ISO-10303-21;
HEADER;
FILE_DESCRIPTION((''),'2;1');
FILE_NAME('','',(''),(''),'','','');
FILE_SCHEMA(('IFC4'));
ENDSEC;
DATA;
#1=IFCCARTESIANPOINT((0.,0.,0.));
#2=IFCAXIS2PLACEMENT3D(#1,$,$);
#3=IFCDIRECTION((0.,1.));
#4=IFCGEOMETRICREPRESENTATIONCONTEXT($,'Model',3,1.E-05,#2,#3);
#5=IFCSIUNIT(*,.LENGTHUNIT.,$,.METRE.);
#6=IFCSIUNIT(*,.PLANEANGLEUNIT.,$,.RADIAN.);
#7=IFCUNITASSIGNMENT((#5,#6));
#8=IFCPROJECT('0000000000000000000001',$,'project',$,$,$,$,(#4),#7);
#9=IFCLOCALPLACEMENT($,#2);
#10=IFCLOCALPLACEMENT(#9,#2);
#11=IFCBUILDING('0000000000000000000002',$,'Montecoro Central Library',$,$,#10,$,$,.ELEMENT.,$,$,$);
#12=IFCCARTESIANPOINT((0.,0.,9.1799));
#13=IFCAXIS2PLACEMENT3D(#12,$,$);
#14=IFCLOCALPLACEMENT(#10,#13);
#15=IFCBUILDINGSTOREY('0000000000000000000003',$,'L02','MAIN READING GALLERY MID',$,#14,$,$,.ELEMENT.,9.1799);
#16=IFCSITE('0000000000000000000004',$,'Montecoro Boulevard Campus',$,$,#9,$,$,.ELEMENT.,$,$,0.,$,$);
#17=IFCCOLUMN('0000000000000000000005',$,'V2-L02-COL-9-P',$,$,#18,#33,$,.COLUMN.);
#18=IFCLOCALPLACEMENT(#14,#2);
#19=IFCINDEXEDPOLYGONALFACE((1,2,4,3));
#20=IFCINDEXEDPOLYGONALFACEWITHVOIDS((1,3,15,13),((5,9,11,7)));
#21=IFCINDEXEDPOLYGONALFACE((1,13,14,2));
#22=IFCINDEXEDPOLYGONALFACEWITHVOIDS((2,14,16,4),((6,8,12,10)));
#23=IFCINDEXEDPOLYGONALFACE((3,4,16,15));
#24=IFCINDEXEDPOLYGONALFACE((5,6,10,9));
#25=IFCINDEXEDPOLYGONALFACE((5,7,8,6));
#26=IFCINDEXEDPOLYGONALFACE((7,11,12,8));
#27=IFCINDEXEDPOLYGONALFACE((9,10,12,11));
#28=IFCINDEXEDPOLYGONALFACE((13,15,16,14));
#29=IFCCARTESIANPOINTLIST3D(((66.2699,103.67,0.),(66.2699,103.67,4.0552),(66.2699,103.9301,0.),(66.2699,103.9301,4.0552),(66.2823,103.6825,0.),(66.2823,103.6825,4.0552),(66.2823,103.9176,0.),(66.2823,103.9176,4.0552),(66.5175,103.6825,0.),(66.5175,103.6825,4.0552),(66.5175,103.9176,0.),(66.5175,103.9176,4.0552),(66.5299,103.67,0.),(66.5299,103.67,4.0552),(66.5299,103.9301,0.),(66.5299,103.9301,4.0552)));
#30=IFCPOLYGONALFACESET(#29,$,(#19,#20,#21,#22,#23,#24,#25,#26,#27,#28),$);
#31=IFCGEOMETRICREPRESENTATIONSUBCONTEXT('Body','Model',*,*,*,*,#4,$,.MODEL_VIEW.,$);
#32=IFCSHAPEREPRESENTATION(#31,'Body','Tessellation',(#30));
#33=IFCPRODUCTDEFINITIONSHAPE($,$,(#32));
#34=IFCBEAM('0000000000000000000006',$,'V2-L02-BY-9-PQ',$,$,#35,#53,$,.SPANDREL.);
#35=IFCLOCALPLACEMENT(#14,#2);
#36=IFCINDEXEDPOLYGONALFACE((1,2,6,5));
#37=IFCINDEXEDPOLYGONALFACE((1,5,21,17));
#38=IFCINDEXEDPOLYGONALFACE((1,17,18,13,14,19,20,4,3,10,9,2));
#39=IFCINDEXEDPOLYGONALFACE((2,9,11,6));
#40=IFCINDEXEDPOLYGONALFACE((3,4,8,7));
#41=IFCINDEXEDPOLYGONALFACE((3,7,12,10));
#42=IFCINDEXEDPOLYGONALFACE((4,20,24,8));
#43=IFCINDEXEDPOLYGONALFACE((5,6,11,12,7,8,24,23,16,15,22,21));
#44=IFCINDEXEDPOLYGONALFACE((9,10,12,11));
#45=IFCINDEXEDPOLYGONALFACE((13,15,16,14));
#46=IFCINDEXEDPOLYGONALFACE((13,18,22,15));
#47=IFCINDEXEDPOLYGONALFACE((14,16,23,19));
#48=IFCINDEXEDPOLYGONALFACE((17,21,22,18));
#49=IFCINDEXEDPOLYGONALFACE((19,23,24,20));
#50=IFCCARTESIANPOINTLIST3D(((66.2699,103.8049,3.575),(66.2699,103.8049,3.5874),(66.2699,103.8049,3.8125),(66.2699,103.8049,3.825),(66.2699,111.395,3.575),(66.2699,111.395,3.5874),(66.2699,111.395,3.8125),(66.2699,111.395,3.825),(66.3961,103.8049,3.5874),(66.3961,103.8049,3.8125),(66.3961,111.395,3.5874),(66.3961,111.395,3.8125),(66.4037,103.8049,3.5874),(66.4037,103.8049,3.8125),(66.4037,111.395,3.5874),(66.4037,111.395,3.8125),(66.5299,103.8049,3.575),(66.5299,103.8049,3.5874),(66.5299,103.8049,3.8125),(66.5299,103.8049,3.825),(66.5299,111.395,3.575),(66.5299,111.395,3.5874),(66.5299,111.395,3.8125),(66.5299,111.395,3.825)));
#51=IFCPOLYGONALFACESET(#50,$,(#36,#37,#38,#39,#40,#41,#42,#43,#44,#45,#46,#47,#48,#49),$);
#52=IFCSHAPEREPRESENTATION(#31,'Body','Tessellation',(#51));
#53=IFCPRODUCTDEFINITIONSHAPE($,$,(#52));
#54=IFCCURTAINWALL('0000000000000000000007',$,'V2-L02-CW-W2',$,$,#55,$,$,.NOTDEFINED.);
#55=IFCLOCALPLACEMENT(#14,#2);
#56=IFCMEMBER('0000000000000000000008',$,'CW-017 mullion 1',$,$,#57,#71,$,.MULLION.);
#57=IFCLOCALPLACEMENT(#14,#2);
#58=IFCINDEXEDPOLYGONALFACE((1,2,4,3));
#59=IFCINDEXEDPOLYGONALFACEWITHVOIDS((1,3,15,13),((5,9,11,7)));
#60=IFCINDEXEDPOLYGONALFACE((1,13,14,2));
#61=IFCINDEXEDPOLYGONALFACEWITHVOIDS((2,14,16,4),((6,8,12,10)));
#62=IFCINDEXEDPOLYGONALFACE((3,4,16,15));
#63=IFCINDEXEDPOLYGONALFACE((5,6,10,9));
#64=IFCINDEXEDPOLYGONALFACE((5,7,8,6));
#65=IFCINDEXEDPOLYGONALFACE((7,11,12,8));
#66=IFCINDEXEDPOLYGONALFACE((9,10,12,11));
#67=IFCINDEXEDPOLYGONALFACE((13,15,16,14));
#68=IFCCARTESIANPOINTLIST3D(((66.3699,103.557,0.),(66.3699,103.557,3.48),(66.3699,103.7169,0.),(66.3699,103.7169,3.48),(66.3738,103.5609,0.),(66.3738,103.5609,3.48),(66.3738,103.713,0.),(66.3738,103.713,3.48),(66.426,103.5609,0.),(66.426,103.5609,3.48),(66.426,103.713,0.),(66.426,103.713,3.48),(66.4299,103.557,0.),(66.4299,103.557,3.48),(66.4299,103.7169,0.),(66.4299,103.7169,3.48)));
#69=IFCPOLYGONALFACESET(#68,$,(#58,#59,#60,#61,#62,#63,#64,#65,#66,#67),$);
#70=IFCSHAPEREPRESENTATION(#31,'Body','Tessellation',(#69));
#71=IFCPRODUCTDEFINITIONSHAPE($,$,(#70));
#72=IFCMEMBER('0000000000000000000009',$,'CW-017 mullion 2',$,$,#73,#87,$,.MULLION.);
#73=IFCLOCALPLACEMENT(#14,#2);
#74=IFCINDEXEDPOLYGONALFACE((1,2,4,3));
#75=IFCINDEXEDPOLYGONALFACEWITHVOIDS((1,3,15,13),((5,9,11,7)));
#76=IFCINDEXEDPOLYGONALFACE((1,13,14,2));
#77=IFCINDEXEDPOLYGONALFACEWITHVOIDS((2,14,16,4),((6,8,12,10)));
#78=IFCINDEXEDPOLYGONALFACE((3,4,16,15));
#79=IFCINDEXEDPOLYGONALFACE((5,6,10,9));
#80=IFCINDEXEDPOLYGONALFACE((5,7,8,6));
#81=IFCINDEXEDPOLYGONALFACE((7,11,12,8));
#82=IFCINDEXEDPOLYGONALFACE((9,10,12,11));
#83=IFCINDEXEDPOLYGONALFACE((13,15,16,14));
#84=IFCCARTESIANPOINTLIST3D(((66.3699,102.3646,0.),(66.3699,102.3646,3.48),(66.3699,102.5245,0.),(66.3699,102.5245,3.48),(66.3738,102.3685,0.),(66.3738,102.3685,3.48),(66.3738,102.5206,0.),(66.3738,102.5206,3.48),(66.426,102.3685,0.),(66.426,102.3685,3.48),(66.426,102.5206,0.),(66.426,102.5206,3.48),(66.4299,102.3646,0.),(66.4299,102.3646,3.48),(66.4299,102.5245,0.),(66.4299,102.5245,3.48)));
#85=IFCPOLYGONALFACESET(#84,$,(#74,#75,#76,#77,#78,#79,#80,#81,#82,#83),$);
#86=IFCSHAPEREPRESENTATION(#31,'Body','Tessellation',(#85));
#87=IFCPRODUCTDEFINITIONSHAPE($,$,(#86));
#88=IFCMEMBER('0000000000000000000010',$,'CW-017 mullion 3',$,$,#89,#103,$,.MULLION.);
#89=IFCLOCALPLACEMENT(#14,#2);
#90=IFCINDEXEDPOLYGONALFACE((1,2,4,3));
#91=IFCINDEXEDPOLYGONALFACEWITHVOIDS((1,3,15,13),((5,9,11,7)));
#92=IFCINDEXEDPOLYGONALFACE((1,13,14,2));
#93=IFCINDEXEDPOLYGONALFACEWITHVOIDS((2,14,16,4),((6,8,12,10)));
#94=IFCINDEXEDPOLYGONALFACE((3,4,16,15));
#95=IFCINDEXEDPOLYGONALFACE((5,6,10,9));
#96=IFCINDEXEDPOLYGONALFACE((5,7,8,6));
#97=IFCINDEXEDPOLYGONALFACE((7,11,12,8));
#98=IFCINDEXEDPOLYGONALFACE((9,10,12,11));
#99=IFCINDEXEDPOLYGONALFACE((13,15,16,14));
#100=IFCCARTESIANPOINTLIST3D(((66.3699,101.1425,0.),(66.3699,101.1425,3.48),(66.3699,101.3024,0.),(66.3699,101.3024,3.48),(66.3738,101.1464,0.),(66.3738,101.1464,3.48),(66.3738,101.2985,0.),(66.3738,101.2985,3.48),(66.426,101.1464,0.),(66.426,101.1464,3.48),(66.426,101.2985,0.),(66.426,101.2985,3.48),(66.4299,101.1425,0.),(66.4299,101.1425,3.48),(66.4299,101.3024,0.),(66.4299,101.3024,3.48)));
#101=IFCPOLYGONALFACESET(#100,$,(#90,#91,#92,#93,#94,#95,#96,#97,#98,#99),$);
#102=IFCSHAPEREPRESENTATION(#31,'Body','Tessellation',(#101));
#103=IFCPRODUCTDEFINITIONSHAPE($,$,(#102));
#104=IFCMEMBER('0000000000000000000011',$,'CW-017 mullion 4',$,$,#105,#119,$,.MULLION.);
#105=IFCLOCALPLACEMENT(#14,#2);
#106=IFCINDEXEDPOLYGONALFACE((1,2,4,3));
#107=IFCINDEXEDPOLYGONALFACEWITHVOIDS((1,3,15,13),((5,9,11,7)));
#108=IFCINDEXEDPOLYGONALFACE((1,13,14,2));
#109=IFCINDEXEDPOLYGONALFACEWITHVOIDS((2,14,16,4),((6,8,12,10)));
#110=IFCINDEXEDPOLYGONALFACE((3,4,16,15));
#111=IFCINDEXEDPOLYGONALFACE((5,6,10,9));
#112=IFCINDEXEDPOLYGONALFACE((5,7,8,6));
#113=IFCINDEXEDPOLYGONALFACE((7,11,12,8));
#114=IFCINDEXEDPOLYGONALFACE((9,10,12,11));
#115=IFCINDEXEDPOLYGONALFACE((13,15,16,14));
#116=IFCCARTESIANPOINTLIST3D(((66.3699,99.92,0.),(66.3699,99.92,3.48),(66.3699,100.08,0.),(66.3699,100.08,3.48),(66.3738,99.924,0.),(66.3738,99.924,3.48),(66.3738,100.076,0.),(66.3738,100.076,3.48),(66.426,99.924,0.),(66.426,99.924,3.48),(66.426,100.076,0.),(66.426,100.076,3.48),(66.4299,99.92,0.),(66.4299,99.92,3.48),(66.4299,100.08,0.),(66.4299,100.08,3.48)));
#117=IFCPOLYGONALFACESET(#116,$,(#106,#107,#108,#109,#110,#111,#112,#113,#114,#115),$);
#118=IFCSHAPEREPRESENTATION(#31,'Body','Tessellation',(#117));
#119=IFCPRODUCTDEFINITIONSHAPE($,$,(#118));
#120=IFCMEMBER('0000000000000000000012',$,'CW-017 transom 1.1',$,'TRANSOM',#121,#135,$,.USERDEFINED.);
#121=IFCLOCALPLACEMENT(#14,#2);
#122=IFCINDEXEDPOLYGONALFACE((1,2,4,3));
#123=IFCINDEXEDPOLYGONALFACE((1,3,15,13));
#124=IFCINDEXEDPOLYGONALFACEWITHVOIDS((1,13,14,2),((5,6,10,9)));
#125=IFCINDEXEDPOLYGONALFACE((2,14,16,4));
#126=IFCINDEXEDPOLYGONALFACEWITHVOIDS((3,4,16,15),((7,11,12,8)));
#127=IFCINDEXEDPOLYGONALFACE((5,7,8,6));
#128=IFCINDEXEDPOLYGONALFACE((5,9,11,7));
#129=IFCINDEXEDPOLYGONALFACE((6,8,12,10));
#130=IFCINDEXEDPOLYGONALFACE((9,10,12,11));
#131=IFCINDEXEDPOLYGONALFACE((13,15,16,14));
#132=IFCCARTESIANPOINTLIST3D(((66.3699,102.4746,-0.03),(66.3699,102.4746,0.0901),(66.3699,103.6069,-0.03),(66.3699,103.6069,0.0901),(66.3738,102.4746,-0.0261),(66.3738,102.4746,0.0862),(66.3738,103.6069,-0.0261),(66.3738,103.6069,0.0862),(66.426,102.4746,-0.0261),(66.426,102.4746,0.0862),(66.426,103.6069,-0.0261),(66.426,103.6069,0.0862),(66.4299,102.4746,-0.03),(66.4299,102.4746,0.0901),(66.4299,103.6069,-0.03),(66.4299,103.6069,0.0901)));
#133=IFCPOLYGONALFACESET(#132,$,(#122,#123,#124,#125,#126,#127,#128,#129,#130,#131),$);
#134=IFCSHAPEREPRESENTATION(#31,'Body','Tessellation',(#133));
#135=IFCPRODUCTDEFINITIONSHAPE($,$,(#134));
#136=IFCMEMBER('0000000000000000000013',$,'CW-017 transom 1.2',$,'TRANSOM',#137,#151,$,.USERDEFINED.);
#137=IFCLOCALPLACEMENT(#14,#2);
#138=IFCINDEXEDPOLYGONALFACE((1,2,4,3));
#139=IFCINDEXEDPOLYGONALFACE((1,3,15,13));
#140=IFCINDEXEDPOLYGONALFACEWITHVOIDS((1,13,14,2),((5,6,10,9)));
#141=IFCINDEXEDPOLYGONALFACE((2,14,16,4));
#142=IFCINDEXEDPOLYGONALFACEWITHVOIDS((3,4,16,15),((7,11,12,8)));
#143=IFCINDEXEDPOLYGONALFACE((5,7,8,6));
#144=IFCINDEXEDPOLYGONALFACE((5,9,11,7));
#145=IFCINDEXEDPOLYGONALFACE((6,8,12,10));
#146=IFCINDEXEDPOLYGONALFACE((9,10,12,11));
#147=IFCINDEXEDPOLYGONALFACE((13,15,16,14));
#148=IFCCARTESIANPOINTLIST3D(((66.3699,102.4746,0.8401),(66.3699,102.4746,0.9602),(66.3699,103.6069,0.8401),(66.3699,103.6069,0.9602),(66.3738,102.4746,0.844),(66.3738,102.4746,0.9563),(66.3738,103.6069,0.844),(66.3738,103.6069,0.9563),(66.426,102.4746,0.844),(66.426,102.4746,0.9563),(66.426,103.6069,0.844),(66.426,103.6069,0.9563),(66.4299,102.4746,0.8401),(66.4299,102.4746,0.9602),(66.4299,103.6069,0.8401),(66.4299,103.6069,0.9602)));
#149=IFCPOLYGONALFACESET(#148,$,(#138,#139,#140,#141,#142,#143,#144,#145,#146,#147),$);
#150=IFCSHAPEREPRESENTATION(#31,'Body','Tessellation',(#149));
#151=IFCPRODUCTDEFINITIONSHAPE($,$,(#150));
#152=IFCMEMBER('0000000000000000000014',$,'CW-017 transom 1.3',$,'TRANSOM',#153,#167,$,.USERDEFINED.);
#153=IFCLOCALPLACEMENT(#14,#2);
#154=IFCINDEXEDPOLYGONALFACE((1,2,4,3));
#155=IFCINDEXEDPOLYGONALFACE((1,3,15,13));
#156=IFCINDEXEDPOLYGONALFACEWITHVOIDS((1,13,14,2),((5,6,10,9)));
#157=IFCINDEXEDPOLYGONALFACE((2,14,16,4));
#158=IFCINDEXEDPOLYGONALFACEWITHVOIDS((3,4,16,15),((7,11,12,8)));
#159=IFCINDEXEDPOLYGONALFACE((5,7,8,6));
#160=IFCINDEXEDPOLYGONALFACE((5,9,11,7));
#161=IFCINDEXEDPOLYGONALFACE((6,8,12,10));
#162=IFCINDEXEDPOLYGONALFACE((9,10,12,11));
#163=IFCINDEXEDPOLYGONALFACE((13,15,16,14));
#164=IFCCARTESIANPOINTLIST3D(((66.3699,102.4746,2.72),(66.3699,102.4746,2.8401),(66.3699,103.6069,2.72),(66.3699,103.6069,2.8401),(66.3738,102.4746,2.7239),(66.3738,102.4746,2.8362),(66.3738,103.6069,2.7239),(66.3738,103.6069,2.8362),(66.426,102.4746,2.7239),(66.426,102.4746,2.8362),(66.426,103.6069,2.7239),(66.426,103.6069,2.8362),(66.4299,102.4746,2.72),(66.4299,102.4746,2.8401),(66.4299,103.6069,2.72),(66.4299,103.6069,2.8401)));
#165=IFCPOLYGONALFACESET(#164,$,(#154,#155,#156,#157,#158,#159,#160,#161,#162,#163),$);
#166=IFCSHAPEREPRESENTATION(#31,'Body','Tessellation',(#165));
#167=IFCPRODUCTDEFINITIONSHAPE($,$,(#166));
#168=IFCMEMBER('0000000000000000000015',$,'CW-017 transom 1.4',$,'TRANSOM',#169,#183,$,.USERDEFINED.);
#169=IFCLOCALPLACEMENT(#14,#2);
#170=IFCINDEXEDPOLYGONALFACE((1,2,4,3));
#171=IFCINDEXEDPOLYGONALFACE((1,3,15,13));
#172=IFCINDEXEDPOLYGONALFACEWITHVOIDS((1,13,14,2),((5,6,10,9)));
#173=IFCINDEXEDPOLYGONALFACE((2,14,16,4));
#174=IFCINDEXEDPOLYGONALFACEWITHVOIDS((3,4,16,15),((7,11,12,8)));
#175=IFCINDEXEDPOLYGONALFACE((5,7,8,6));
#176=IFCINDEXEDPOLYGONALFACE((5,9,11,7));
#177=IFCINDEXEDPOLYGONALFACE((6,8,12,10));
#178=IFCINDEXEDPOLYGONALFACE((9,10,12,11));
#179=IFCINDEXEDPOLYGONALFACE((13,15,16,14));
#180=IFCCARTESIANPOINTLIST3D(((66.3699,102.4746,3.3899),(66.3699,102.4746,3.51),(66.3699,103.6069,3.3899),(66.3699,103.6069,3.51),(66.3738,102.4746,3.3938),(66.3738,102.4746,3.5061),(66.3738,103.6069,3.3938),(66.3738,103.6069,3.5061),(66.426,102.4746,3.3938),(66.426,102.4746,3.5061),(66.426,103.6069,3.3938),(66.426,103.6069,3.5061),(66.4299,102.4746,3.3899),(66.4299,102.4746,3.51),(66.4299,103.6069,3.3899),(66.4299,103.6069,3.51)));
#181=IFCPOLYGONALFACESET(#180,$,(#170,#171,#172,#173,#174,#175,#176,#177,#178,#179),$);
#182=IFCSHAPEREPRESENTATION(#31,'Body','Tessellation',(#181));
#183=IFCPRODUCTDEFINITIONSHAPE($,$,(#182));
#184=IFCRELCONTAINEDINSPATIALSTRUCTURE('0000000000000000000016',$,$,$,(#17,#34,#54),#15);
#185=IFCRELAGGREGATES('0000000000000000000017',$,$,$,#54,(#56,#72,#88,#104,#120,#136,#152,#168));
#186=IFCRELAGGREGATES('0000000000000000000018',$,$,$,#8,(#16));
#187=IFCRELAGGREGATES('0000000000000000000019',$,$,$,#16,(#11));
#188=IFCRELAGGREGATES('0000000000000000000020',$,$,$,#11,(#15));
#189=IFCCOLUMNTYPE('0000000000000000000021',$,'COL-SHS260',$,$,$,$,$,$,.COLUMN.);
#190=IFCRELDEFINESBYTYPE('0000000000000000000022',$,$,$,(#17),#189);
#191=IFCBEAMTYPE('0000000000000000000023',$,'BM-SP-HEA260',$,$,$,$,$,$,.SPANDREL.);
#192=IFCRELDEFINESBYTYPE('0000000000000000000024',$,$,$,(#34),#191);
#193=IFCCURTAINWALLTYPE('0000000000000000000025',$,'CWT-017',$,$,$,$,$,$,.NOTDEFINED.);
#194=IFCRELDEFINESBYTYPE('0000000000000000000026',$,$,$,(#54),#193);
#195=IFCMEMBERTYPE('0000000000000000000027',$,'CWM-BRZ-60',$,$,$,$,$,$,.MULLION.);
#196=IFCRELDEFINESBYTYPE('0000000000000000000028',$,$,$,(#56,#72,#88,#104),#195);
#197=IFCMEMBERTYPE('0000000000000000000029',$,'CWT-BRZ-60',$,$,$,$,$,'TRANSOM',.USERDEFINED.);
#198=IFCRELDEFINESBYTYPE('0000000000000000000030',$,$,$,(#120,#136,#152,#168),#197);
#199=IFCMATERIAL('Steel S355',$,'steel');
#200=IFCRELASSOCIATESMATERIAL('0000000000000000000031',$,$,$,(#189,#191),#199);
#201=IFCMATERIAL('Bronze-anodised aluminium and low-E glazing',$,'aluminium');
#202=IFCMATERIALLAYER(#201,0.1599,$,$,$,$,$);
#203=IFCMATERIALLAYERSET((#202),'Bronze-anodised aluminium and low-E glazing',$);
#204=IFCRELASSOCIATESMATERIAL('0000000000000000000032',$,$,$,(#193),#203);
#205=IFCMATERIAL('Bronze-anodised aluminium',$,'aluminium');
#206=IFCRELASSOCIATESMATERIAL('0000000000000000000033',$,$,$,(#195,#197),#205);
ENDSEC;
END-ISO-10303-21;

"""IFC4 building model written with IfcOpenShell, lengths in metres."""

from ifc_helpers import new_model, si_unit, direction, frame, origin, origin_2d, place, context, subcontext, project, spatial, hollow_rectangle, i_section, extrude, material, layer, layer_set, material_profile, profile_set, type_object, element, aggregate, save


model = new_model("IFC4")

# Units and contexts
model_context = context("Model", 3, precision=1e-05, world=origin(), true_north=direction((0.0, 1.0)))
body_context = subcontext(model_context, "Body", "Model", "MODEL_VIEW")
ifc_project = project(units=[si_unit("LENGTHUNIT", "METRE"), si_unit("PLANEANGLEUNIT", "RADIAN")], contexts=[model_context])

# Site, building, storey
site_placement = place(None, origin())
site = spatial("IfcSite", under=ifc_project, at=site_placement, Name="Montecoro Boulevard Campus", CompositionType="ELEMENT", RefElevation=0.0)
building_placement = place(site_placement, origin())
building = spatial("IfcBuilding", under=site, at=building_placement, Name="Montecoro Central Library", CompositionType="ELEMENT")
storey_placement = place(building_placement, frame((0.0, 0.0, 9.1799)))
storey = spatial("IfcBuildingStorey", under=building, at=storey_placement, Name="L02", Description="MAIN READING GALLERY MID", CompositionType="ELEMENT", Elevation=9.1799)

# Column
ifc_material_1 = material(Name="Steel S355", Category="steel")
ifc_material_profile_1 = material_profile(ifc_material_1, hollow_rectangle(XDim=0.26, YDim=0.26, WallThickness=0.0125, at=origin_2d()), Name="SHS 260x260x12.5")
ifc_profile_set_1 = profile_set([ifc_material_profile_1], Name="Steel S355")
column_type = type_object("IfcColumnType", Name="COL-SHS260", PredefinedType="COLUMN", material=ifc_profile_set_1)
column_placement = place(storey_placement, frame((66.3999, 103.8, 0.0), z_axis=(0.0, 0.0, 1.0), x_axis=(1.0, 0.0, 0.0)))
element("IfcColumn", 1, at=column_placement, inside=storey, type_object=column_type, Name="V2-L02-COL-9-P", PredefinedType="COLUMN", context=body_context, shape_type="SweptSolid", body=[
    extrude(hollow_rectangle(XDim=0.26, YDim=0.26, WallThickness=0.0125, at=origin_2d()), origin(), (0.0, 0.0, 1.0), 4.0552),
])

# Beam
ifc_material_profile_2 = material_profile(ifc_material_1, i_section(OverallWidth=0.26, OverallDepth=0.25, WebThickness=0.0076, FlangeThickness=0.0125, at=origin_2d()), Name="HEA 260")
ifc_profile_set_2 = profile_set([ifc_material_profile_2], Name="Steel S355")
beam_type = type_object("IfcBeamType", Name="BM-SP-HEA260", PredefinedType="SPANDREL", material=ifc_profile_set_2)
beam_placement = place(storey_placement, frame((66.3999, 103.8049, 3.7), z_axis=(0.0, 1.0, 0.0), x_axis=(-1.0, 0.0, 0.0)))
element("IfcBeam", 2, at=beam_placement, inside=storey, type_object=beam_type, Name="V2-L02-BY-9-PQ", PredefinedType="SPANDREL", context=body_context, shape_type="SweptSolid", body=[
    extrude(i_section(OverallWidth=0.26, OverallDepth=0.25, WebThickness=0.0076, FlangeThickness=0.0125, at=origin_2d()), origin(), (0.0, 0.0, 1.0), 7.5901),
])

# Curtain wall, members
ifc_material_2 = material(Name="Bronze-anodised aluminium and low-E glazing", Category="aluminium")
ifc_layer_1 = layer(ifc_material_2, 0.1599)
ifc_layer_set_1 = layer_set([ifc_layer_1], Name="Bronze-anodised aluminium and low-E glazing")
curtain_wall_type = type_object("IfcCurtainWallType", Name="CWT-017", PredefinedType="NOTDEFINED", material=ifc_layer_set_1)
curtain_wall_placement = place(storey_placement, origin())
curtain_wall = element("IfcCurtainWall", 3, at=curtain_wall_placement, inside=storey, type_object=curtain_wall_type, Name="V2-L02-CW-W2", PredefinedType="NOTDEFINED")
ifc_material_3 = material(Name="Bronze-anodised aluminium", Category="aluminium")
ifc_material_profile_3 = material_profile(ifc_material_3, hollow_rectangle(XDim=0.0601, YDim=0.1599, WallThickness=0.0039, at=origin_2d()), Name="CWM 160x60x4.0")
ifc_profile_set_3 = profile_set([ifc_material_profile_3], Name="Bronze-anodised aluminium")
member_type_1 = type_object("IfcMemberType", Name="CWM-BRZ-60", PredefinedType="MULLION", material=ifc_profile_set_3)
member_1_placement = place(storey_placement, frame((66.3999, 103.637, 0.0), z_axis=(0.0, 0.0, 1.0), x_axis=(1.0, 0.0, 0.0)))
member_1 = element("IfcMember", 4, at=member_1_placement, type_object=member_type_1, Name="CW-017 mullion 1", PredefinedType="MULLION", context=body_context, shape_type="SweptSolid", body=[
    extrude(hollow_rectangle(XDim=0.0601, YDim=0.1599, WallThickness=0.0039, at=origin_2d()), origin(), (0.0, 0.0, 1.0), 3.48),
])
member_2_placement = place(storey_placement, frame((66.3999, 102.4446, 0.0), z_axis=(0.0, 0.0, 1.0), x_axis=(1.0, 0.0, 0.0)))
member_2 = element("IfcMember", 5, at=member_2_placement, type_object=member_type_1, Name="CW-017 mullion 2", PredefinedType="MULLION", context=body_context, shape_type="SweptSolid", body=[
    extrude(hollow_rectangle(XDim=0.0601, YDim=0.1599, WallThickness=0.0039, at=origin_2d()), origin(), (0.0, 0.0, 1.0), 3.48),
])
member_3_placement = place(storey_placement, frame((66.3999, 101.2224, 0.0), z_axis=(0.0, 0.0, 1.0), x_axis=(1.0, 0.0, 0.0)))
member_3 = element("IfcMember", 6, at=member_3_placement, type_object=member_type_1, Name="CW-017 mullion 3", PredefinedType="MULLION", context=body_context, shape_type="SweptSolid", body=[
    extrude(hollow_rectangle(XDim=0.0601, YDim=0.1599, WallThickness=0.0039, at=origin_2d()), origin(), (0.0, 0.0, 1.0), 3.48),
])
member_4_placement = place(storey_placement, frame((66.3999, 100.0, 0.0), z_axis=(0.0, 0.0, 1.0), x_axis=(1.0, 0.0, 0.0)))
member_4 = element("IfcMember", 7, at=member_4_placement, type_object=member_type_1, Name="CW-017 mullion 4", PredefinedType="MULLION", context=body_context, shape_type="SweptSolid", body=[
    extrude(hollow_rectangle(XDim=0.0601, YDim=0.1599, WallThickness=0.0039, at=origin_2d()), origin(), (0.0, 0.0, 1.0), 3.48),
])
ifc_material_profile_4 = material_profile(ifc_material_3, hollow_rectangle(XDim=0.0601, YDim=0.1201, WallThickness=0.0039, at=origin_2d()), Name="CWT 120x60x4.0")
ifc_profile_set_4 = profile_set([ifc_material_profile_4], Name="Bronze-anodised aluminium")
member_type_2 = type_object("IfcMemberType", Name="CWT-BRZ-60", ElementType="TRANSOM", PredefinedType="USERDEFINED", material=ifc_profile_set_4)
member_5_placement = place(storey_placement, frame((66.3999, 103.6069, 0.03), z_axis=(0.0, -1.0, 0.0), x_axis=(1.0, 0.0, 0.0)))
member_5 = element("IfcMember", 8, at=member_5_placement, type_object=member_type_2, Name="CW-017 transom 1.1", ObjectType="TRANSOM", PredefinedType="USERDEFINED", context=body_context, shape_type="SweptSolid", body=[
    extrude(hollow_rectangle(XDim=0.0601, YDim=0.1201, WallThickness=0.0039, at=origin_2d()), origin(), (0.0, 0.0, 1.0), 1.1323),
])
member_6_placement = place(storey_placement, frame((66.3999, 103.6069, 0.9001), z_axis=(0.0, -1.0, 0.0), x_axis=(1.0, 0.0, 0.0)))
member_6 = element("IfcMember", 9, at=member_6_placement, type_object=member_type_2, Name="CW-017 transom 1.2", ObjectType="TRANSOM", PredefinedType="USERDEFINED", context=body_context, shape_type="SweptSolid", body=[
    extrude(hollow_rectangle(XDim=0.0601, YDim=0.1201, WallThickness=0.0039, at=origin_2d()), origin(), (0.0, 0.0, 1.0), 1.1323),
])
member_7_placement = place(storey_placement, frame((66.3999, 103.6069, 2.78), z_axis=(0.0, -1.0, 0.0), x_axis=(1.0, 0.0, 0.0)))
member_7 = element("IfcMember", 10, at=member_7_placement, type_object=member_type_2, Name="CW-017 transom 1.3", ObjectType="TRANSOM", PredefinedType="USERDEFINED", context=body_context, shape_type="SweptSolid", body=[
    extrude(hollow_rectangle(XDim=0.0601, YDim=0.1201, WallThickness=0.0039, at=origin_2d()), origin(), (0.0, 0.0, 1.0), 1.1323),
])
member_8_placement = place(storey_placement, frame((66.3999, 103.6069, 3.45), z_axis=(0.0, -1.0, 0.0), x_axis=(1.0, 0.0, 0.0)))
member_8 = element("IfcMember", 11, at=member_8_placement, type_object=member_type_2, Name="CW-017 transom 1.4", ObjectType="TRANSOM", PredefinedType="USERDEFINED", context=body_context, shape_type="SweptSolid", body=[
    extrude(hollow_rectangle(XDim=0.0601, YDim=0.1201, WallThickness=0.0039, at=origin_2d()), origin(), (0.0, 0.0, 1.0), 1.1323),
])
aggregate(curtain_wall, [member_1, member_2, member_3, member_4, member_5, member_6, member_7, member_8])

save(model, "model.ifc")
